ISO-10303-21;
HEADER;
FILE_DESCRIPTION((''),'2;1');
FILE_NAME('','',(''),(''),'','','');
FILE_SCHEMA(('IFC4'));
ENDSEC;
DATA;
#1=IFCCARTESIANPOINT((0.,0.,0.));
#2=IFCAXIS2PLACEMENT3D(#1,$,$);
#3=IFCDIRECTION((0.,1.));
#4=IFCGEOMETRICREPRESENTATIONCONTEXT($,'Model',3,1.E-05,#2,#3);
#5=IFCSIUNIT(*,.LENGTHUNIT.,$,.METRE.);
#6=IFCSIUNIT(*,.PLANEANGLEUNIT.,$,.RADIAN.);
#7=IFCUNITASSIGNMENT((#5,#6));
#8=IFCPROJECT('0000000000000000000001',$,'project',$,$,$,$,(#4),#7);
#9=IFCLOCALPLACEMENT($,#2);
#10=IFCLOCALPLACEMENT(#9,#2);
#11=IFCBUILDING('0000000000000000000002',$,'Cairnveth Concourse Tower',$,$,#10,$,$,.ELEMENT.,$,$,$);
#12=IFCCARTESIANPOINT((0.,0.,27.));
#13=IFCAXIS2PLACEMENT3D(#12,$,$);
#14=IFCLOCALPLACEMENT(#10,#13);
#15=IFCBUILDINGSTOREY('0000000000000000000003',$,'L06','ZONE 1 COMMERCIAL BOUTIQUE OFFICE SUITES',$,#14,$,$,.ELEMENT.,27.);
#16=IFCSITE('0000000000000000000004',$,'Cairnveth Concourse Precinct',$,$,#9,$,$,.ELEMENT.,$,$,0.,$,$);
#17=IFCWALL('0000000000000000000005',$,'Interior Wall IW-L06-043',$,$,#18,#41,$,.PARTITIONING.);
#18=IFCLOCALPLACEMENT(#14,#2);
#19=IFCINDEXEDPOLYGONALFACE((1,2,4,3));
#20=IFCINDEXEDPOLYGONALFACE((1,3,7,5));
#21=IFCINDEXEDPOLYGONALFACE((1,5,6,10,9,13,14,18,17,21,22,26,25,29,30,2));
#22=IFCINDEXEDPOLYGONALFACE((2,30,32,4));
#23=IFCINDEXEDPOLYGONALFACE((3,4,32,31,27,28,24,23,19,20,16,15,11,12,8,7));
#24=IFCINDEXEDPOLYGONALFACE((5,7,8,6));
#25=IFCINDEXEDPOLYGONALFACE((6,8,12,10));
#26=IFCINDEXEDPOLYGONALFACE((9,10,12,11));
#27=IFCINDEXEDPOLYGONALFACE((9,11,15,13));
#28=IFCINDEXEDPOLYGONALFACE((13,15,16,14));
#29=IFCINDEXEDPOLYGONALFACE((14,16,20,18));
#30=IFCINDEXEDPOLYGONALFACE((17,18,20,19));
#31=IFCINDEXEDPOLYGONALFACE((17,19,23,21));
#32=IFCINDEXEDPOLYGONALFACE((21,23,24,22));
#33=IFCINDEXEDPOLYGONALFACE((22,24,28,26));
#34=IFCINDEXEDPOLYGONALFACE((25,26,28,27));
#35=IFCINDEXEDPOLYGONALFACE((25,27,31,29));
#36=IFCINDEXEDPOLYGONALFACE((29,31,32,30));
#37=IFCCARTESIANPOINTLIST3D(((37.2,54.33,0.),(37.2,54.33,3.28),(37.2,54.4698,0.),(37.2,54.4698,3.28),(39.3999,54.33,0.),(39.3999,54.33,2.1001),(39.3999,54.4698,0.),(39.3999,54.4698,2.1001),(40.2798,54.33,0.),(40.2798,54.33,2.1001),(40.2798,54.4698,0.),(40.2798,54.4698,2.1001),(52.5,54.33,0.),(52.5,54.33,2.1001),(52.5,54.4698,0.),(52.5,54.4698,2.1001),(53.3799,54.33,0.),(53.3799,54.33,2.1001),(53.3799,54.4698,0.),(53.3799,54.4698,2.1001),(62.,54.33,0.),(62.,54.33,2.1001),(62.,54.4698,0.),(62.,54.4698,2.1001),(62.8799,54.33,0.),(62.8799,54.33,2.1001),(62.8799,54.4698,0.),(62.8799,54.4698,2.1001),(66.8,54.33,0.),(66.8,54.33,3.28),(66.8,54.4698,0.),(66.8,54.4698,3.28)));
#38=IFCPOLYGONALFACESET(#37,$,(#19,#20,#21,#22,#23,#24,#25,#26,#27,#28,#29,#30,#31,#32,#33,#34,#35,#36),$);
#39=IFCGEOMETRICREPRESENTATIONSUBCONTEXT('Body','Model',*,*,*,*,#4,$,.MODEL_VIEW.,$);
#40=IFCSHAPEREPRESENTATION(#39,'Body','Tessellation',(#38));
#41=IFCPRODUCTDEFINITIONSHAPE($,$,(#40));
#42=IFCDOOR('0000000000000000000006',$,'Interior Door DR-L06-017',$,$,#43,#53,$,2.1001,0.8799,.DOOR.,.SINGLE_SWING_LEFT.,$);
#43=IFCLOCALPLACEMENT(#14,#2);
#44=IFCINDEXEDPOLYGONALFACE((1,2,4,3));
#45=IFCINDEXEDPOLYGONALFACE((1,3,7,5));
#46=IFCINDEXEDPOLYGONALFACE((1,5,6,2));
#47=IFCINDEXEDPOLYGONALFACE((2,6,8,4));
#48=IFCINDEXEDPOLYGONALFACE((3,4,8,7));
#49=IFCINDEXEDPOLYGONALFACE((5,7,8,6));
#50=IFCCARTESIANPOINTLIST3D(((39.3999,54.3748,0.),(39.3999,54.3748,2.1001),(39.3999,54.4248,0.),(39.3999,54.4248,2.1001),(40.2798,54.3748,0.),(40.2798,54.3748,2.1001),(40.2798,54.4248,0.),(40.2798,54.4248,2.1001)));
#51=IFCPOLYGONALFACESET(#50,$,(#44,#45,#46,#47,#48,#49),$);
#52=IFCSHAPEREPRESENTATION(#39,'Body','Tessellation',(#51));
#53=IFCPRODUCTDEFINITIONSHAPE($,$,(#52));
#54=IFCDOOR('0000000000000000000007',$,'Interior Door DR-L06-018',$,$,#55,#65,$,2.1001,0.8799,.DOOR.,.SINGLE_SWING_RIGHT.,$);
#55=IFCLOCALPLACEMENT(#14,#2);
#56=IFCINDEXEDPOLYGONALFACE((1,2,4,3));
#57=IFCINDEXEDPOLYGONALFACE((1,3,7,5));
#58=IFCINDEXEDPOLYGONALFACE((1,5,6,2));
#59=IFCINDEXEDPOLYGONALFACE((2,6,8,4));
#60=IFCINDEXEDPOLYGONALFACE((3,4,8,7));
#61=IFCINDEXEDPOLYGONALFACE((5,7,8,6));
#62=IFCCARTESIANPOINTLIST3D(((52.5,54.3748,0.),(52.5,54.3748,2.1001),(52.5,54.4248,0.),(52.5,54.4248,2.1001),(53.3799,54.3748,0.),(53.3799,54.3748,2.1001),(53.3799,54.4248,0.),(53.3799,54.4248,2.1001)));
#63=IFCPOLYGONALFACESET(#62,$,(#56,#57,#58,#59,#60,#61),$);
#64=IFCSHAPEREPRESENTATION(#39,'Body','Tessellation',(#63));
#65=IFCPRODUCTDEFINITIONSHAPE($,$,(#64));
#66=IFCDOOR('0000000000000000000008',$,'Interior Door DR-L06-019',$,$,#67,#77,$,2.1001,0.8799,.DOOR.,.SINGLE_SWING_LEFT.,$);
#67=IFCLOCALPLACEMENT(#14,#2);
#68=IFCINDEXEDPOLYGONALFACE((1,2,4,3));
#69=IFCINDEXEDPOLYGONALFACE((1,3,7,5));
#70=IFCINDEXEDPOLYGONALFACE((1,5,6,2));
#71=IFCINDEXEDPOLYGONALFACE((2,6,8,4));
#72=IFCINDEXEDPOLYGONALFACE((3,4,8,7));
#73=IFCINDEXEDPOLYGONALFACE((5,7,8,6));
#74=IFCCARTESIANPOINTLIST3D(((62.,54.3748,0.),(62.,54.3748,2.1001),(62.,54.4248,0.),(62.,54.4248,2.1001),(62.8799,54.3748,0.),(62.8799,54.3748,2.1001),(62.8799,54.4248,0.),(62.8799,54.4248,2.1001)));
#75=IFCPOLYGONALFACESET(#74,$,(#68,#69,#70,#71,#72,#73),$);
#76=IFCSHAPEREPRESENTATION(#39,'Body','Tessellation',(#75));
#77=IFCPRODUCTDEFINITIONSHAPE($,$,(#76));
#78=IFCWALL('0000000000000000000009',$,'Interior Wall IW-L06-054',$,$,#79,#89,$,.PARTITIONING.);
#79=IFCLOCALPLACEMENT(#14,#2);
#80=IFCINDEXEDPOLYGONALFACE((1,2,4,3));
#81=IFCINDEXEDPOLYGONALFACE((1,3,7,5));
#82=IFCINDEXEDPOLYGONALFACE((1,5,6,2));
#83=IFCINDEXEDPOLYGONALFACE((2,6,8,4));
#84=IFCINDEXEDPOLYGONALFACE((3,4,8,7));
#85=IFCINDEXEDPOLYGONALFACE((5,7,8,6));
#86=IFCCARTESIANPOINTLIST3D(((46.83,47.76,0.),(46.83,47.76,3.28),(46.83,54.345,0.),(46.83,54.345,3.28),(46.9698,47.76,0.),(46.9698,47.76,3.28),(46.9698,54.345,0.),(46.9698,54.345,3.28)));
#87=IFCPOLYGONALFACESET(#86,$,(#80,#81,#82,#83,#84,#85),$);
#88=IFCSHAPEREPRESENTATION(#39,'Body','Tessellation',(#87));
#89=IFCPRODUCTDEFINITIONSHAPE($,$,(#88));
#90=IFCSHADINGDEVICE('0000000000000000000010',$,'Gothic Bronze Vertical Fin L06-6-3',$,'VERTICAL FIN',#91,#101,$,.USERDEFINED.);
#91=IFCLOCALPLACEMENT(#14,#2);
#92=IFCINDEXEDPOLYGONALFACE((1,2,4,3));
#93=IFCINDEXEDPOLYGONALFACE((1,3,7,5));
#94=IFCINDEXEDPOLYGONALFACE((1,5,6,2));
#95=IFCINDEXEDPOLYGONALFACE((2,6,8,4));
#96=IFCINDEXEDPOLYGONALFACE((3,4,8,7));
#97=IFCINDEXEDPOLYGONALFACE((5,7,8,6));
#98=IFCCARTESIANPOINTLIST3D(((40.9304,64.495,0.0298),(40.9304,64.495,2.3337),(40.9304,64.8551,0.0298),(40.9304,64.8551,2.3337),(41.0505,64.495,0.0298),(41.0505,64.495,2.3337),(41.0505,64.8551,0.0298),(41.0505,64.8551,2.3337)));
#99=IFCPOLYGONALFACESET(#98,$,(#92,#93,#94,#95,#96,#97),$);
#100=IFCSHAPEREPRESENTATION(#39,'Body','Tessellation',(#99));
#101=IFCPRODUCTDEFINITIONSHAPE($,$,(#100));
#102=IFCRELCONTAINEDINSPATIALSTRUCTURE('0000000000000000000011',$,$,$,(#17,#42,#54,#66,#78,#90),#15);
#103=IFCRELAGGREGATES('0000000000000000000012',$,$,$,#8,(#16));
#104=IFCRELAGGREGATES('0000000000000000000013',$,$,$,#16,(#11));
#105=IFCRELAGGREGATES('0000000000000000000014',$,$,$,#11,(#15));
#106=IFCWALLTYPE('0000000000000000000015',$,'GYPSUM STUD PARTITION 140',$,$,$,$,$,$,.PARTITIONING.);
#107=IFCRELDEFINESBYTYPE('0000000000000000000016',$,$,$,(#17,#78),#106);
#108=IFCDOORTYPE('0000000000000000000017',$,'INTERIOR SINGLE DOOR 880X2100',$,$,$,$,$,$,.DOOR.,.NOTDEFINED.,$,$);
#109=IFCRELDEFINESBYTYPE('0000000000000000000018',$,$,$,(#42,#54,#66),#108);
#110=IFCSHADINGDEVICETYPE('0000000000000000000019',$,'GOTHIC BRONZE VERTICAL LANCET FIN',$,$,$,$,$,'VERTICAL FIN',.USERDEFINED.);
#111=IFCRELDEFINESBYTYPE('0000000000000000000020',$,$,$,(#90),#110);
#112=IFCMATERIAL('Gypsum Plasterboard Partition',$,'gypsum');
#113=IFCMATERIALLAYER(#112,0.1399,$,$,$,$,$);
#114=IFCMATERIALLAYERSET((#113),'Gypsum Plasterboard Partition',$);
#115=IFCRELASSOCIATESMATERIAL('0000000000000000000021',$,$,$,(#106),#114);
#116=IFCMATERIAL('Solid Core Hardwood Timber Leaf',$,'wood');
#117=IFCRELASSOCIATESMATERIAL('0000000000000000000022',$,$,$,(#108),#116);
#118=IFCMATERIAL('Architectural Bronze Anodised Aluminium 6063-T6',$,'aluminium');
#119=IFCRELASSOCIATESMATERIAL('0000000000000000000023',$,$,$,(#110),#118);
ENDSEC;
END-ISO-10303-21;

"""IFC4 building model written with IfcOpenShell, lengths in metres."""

from ifc_helpers import new_model, si_unit, direction, frame, frame_2d, origin, origin_2d, place, context, subcontext, project, spatial, rectangle, extrude, material, layer, layer_set, type_object, element, fill, save


model = new_model("IFC4")

# Units and contexts
model_context = context("Model", 3, precision=1e-05, world=origin(), true_north=direction((0.0, 1.0)))
body_context = subcontext(model_context, "Body", "Model", "MODEL_VIEW")
ifc_project = project(units=[si_unit("LENGTHUNIT", "METRE"), si_unit("PLANEANGLEUNIT", "RADIAN")], contexts=[model_context])

# Site, building, storey
site_placement = place(None, origin())
site = spatial("IfcSite", under=ifc_project, at=site_placement, Name="Cairnveth Concourse Precinct", CompositionType="ELEMENT", RefElevation=0.0)
building_placement = place(site_placement, origin())
building = spatial("IfcBuilding", under=site, at=building_placement, Name="Cairnveth Concourse Tower", CompositionType="ELEMENT")
storey_placement = place(building_placement, frame((0.0, 0.0, 27.0)))
storey = spatial("IfcBuildingStorey", under=building, at=storey_placement, Name="L06", Description="ZONE 1 COMMERCIAL BOUTIQUE OFFICE SUITES", CompositionType="ELEMENT", Elevation=27.0)

# Wall, openings, doors
ifc_material_1 = material(Name="Gypsum Plasterboard Partition", Category="gypsum")
ifc_layer_1 = layer(ifc_material_1, 0.1399)
ifc_layer_set_1 = layer_set([ifc_layer_1], Name="Gypsum Plasterboard Partition")
wall_type_1 = type_object("IfcWallType", Name="GYPSUM STUD PARTITION 140", PredefinedType="PARTITIONING", material=ifc_layer_set_1)
ifc_material_2 = material(Name="Solid Core Hardwood Timber Leaf", Category="wood")
wall_1_placement = place(storey_placement, frame((37.2, 54.3999, 0.0), z_axis=(0.0, 0.0, 1.0), x_axis=(1.0, 0.0, 0.0)))
wall_1 = element("IfcWall", 1, at=wall_1_placement, inside=storey, type_object=wall_type_1, Name="Interior Wall IW-L06-043", PredefinedType="PARTITIONING", context=body_context, shape_type="SweptSolid", body=[
    extrude(rectangle(XDim=29.6001, YDim=0.1399, at=frame_2d((14.8, 0.0))), origin(), (0.0, 0.0, 1.0), 3.28),
])
opening_1_placement = place(wall_1_placement, frame((2.2, 0.0, 0.0)))
opening_1 = element("IfcOpeningElement", 2, at=opening_1_placement, cuts=wall_1, PredefinedType="OPENING", context=body_context, shape_type="SweptSolid", body=[
    extrude(rectangle(XDim=0.8799, YDim=2.1001, at=frame_2d((0.4399, 1.05))), frame((0.0, 0.0798, 0.0), z_axis=(0.0, -1.0, 0.0), x_axis=(1.0, 0.0, 0.0)), (0.0, 0.0, 1.0), 0.1599),
])
opening_2_placement = place(wall_1_placement, frame((15.3, 0.0, 0.0)))
opening_2 = element("IfcOpeningElement", 3, at=opening_2_placement, cuts=wall_1, PredefinedType="OPENING", context=body_context, shape_type="SweptSolid", body=[
    extrude(rectangle(XDim=0.8799, YDim=2.1001, at=frame_2d((0.4399, 1.05))), frame((0.0, 0.0798, 0.0), z_axis=(0.0, -1.0, 0.0), x_axis=(1.0, 0.0, 0.0)), (0.0, 0.0, 1.0), 0.1599),
])
opening_3_placement = place(wall_1_placement, frame((24.8, 0.0, 0.0)))
opening_3 = element("IfcOpeningElement", 4, at=opening_3_placement, cuts=wall_1, PredefinedType="OPENING", context=body_context, shape_type="SweptSolid", body=[
    extrude(rectangle(XDim=0.8799, YDim=2.1001, at=frame_2d((0.4399, 1.05))), frame((0.0, 0.0798, 0.0), z_axis=(0.0, -1.0, 0.0), x_axis=(1.0, 0.0, 0.0)), (0.0, 0.0, 1.0), 0.1599),
])
door_type_1 = type_object("IfcDoorType", Name="INTERIOR SINGLE DOOR 880X2100", OperationType="NOTDEFINED", PredefinedType="DOOR", material=ifc_material_2)
door_1_placement = place(opening_1_placement, origin())
door_1 = element("IfcDoor", 5, at=door_1_placement, inside=storey, type_object=door_type_1, Name="Interior Door DR-L06-017", OperationType="SINGLE_SWING_LEFT", OverallHeight=2.1001, OverallWidth=0.8799, PredefinedType="DOOR", context=body_context, shape_type="SweptSolid", body=[
    extrude(rectangle(XDim=0.8799, YDim=2.1001, at=frame_2d((0.4399, 1.05))), frame((0.0, 0.0249, 0.0), z_axis=(0.0, -1.0, 0.0), x_axis=(1.0, 0.0, 0.0)), (0.0, 0.0, 1.0), 0.05),
])
fill(opening_1, door_1)
door_2_placement = place(opening_2_placement, origin())
door_2 = element("IfcDoor", 6, at=door_2_placement, inside=storey, type_object=door_type_1, Name="Interior Door DR-L06-018", OperationType="SINGLE_SWING_RIGHT", OverallHeight=2.1001, OverallWidth=0.8799, PredefinedType="DOOR", context=body_context, shape_type="SweptSolid", body=[
    extrude(rectangle(XDim=0.8799, YDim=2.1001, at=frame_2d((0.4399, 1.05))), frame((0.0, 0.0249, 0.0), z_axis=(0.0, -1.0, 0.0), x_axis=(1.0, 0.0, 0.0)), (0.0, 0.0, 1.0), 0.05),
])
fill(opening_2, door_2)
door_3_placement = place(opening_3_placement, origin())
door_3 = element("IfcDoor", 7, at=door_3_placement, inside=storey, type_object=door_type_1, Name="Interior Door DR-L06-019", OperationType="SINGLE_SWING_LEFT", OverallHeight=2.1001, OverallWidth=0.8799, PredefinedType="DOOR", context=body_context, shape_type="SweptSolid", body=[
    extrude(rectangle(XDim=0.8799, YDim=2.1001, at=frame_2d((0.4399, 1.05))), frame((0.0, 0.0249, 0.0), z_axis=(0.0, -1.0, 0.0), x_axis=(1.0, 0.0, 0.0)), (0.0, 0.0, 1.0), 0.05),
])
fill(opening_3, door_3)

# Wall
wall_2_placement = place(storey_placement, frame((46.8999, 47.76, 0.0), z_axis=(0.0, 0.0, 1.0), x_axis=(0.0, 1.0, 0.0)))
element("IfcWall", 8, at=wall_2_placement, inside=storey, type_object=wall_type_1, Name="Interior Wall IW-L06-054", PredefinedType="PARTITIONING", context=body_context, shape_type="SweptSolid", body=[
    extrude(rectangle(XDim=6.585, YDim=0.1399, at=frame_2d((3.2925, 0.0))), origin(), (0.0, 0.0, 1.0), 3.28),
])

# Shading device
ifc_material_3 = material(Name="Architectural Bronze Anodised Aluminium 6063-T6", Category="aluminium")
shading_device_type = type_object("IfcShadingDeviceType", Name="GOTHIC BRONZE VERTICAL LANCET FIN", ElementType="VERTICAL FIN", PredefinedType="USERDEFINED", material=ifc_material_3)
shading_device_placement = place(storey_placement, frame((40.9905, 64.675, 0.0298), z_axis=(0.0, 0.0, 1.0), x_axis=(1.0, 0.0, 0.0)))
element("IfcShadingDevice", 9, at=shading_device_placement, inside=storey, type_object=shading_device_type, Name="Gothic Bronze Vertical Fin L06-6-3", ObjectType="VERTICAL FIN", PredefinedType="USERDEFINED", context=body_context, shape_type="SweptSolid", body=[
    extrude(rectangle(XDim=0.1201, YDim=0.3601, at=origin_2d()), origin(), (0.0, 0.0, 1.0), 2.304),
])

save(model, "model.ifc")
